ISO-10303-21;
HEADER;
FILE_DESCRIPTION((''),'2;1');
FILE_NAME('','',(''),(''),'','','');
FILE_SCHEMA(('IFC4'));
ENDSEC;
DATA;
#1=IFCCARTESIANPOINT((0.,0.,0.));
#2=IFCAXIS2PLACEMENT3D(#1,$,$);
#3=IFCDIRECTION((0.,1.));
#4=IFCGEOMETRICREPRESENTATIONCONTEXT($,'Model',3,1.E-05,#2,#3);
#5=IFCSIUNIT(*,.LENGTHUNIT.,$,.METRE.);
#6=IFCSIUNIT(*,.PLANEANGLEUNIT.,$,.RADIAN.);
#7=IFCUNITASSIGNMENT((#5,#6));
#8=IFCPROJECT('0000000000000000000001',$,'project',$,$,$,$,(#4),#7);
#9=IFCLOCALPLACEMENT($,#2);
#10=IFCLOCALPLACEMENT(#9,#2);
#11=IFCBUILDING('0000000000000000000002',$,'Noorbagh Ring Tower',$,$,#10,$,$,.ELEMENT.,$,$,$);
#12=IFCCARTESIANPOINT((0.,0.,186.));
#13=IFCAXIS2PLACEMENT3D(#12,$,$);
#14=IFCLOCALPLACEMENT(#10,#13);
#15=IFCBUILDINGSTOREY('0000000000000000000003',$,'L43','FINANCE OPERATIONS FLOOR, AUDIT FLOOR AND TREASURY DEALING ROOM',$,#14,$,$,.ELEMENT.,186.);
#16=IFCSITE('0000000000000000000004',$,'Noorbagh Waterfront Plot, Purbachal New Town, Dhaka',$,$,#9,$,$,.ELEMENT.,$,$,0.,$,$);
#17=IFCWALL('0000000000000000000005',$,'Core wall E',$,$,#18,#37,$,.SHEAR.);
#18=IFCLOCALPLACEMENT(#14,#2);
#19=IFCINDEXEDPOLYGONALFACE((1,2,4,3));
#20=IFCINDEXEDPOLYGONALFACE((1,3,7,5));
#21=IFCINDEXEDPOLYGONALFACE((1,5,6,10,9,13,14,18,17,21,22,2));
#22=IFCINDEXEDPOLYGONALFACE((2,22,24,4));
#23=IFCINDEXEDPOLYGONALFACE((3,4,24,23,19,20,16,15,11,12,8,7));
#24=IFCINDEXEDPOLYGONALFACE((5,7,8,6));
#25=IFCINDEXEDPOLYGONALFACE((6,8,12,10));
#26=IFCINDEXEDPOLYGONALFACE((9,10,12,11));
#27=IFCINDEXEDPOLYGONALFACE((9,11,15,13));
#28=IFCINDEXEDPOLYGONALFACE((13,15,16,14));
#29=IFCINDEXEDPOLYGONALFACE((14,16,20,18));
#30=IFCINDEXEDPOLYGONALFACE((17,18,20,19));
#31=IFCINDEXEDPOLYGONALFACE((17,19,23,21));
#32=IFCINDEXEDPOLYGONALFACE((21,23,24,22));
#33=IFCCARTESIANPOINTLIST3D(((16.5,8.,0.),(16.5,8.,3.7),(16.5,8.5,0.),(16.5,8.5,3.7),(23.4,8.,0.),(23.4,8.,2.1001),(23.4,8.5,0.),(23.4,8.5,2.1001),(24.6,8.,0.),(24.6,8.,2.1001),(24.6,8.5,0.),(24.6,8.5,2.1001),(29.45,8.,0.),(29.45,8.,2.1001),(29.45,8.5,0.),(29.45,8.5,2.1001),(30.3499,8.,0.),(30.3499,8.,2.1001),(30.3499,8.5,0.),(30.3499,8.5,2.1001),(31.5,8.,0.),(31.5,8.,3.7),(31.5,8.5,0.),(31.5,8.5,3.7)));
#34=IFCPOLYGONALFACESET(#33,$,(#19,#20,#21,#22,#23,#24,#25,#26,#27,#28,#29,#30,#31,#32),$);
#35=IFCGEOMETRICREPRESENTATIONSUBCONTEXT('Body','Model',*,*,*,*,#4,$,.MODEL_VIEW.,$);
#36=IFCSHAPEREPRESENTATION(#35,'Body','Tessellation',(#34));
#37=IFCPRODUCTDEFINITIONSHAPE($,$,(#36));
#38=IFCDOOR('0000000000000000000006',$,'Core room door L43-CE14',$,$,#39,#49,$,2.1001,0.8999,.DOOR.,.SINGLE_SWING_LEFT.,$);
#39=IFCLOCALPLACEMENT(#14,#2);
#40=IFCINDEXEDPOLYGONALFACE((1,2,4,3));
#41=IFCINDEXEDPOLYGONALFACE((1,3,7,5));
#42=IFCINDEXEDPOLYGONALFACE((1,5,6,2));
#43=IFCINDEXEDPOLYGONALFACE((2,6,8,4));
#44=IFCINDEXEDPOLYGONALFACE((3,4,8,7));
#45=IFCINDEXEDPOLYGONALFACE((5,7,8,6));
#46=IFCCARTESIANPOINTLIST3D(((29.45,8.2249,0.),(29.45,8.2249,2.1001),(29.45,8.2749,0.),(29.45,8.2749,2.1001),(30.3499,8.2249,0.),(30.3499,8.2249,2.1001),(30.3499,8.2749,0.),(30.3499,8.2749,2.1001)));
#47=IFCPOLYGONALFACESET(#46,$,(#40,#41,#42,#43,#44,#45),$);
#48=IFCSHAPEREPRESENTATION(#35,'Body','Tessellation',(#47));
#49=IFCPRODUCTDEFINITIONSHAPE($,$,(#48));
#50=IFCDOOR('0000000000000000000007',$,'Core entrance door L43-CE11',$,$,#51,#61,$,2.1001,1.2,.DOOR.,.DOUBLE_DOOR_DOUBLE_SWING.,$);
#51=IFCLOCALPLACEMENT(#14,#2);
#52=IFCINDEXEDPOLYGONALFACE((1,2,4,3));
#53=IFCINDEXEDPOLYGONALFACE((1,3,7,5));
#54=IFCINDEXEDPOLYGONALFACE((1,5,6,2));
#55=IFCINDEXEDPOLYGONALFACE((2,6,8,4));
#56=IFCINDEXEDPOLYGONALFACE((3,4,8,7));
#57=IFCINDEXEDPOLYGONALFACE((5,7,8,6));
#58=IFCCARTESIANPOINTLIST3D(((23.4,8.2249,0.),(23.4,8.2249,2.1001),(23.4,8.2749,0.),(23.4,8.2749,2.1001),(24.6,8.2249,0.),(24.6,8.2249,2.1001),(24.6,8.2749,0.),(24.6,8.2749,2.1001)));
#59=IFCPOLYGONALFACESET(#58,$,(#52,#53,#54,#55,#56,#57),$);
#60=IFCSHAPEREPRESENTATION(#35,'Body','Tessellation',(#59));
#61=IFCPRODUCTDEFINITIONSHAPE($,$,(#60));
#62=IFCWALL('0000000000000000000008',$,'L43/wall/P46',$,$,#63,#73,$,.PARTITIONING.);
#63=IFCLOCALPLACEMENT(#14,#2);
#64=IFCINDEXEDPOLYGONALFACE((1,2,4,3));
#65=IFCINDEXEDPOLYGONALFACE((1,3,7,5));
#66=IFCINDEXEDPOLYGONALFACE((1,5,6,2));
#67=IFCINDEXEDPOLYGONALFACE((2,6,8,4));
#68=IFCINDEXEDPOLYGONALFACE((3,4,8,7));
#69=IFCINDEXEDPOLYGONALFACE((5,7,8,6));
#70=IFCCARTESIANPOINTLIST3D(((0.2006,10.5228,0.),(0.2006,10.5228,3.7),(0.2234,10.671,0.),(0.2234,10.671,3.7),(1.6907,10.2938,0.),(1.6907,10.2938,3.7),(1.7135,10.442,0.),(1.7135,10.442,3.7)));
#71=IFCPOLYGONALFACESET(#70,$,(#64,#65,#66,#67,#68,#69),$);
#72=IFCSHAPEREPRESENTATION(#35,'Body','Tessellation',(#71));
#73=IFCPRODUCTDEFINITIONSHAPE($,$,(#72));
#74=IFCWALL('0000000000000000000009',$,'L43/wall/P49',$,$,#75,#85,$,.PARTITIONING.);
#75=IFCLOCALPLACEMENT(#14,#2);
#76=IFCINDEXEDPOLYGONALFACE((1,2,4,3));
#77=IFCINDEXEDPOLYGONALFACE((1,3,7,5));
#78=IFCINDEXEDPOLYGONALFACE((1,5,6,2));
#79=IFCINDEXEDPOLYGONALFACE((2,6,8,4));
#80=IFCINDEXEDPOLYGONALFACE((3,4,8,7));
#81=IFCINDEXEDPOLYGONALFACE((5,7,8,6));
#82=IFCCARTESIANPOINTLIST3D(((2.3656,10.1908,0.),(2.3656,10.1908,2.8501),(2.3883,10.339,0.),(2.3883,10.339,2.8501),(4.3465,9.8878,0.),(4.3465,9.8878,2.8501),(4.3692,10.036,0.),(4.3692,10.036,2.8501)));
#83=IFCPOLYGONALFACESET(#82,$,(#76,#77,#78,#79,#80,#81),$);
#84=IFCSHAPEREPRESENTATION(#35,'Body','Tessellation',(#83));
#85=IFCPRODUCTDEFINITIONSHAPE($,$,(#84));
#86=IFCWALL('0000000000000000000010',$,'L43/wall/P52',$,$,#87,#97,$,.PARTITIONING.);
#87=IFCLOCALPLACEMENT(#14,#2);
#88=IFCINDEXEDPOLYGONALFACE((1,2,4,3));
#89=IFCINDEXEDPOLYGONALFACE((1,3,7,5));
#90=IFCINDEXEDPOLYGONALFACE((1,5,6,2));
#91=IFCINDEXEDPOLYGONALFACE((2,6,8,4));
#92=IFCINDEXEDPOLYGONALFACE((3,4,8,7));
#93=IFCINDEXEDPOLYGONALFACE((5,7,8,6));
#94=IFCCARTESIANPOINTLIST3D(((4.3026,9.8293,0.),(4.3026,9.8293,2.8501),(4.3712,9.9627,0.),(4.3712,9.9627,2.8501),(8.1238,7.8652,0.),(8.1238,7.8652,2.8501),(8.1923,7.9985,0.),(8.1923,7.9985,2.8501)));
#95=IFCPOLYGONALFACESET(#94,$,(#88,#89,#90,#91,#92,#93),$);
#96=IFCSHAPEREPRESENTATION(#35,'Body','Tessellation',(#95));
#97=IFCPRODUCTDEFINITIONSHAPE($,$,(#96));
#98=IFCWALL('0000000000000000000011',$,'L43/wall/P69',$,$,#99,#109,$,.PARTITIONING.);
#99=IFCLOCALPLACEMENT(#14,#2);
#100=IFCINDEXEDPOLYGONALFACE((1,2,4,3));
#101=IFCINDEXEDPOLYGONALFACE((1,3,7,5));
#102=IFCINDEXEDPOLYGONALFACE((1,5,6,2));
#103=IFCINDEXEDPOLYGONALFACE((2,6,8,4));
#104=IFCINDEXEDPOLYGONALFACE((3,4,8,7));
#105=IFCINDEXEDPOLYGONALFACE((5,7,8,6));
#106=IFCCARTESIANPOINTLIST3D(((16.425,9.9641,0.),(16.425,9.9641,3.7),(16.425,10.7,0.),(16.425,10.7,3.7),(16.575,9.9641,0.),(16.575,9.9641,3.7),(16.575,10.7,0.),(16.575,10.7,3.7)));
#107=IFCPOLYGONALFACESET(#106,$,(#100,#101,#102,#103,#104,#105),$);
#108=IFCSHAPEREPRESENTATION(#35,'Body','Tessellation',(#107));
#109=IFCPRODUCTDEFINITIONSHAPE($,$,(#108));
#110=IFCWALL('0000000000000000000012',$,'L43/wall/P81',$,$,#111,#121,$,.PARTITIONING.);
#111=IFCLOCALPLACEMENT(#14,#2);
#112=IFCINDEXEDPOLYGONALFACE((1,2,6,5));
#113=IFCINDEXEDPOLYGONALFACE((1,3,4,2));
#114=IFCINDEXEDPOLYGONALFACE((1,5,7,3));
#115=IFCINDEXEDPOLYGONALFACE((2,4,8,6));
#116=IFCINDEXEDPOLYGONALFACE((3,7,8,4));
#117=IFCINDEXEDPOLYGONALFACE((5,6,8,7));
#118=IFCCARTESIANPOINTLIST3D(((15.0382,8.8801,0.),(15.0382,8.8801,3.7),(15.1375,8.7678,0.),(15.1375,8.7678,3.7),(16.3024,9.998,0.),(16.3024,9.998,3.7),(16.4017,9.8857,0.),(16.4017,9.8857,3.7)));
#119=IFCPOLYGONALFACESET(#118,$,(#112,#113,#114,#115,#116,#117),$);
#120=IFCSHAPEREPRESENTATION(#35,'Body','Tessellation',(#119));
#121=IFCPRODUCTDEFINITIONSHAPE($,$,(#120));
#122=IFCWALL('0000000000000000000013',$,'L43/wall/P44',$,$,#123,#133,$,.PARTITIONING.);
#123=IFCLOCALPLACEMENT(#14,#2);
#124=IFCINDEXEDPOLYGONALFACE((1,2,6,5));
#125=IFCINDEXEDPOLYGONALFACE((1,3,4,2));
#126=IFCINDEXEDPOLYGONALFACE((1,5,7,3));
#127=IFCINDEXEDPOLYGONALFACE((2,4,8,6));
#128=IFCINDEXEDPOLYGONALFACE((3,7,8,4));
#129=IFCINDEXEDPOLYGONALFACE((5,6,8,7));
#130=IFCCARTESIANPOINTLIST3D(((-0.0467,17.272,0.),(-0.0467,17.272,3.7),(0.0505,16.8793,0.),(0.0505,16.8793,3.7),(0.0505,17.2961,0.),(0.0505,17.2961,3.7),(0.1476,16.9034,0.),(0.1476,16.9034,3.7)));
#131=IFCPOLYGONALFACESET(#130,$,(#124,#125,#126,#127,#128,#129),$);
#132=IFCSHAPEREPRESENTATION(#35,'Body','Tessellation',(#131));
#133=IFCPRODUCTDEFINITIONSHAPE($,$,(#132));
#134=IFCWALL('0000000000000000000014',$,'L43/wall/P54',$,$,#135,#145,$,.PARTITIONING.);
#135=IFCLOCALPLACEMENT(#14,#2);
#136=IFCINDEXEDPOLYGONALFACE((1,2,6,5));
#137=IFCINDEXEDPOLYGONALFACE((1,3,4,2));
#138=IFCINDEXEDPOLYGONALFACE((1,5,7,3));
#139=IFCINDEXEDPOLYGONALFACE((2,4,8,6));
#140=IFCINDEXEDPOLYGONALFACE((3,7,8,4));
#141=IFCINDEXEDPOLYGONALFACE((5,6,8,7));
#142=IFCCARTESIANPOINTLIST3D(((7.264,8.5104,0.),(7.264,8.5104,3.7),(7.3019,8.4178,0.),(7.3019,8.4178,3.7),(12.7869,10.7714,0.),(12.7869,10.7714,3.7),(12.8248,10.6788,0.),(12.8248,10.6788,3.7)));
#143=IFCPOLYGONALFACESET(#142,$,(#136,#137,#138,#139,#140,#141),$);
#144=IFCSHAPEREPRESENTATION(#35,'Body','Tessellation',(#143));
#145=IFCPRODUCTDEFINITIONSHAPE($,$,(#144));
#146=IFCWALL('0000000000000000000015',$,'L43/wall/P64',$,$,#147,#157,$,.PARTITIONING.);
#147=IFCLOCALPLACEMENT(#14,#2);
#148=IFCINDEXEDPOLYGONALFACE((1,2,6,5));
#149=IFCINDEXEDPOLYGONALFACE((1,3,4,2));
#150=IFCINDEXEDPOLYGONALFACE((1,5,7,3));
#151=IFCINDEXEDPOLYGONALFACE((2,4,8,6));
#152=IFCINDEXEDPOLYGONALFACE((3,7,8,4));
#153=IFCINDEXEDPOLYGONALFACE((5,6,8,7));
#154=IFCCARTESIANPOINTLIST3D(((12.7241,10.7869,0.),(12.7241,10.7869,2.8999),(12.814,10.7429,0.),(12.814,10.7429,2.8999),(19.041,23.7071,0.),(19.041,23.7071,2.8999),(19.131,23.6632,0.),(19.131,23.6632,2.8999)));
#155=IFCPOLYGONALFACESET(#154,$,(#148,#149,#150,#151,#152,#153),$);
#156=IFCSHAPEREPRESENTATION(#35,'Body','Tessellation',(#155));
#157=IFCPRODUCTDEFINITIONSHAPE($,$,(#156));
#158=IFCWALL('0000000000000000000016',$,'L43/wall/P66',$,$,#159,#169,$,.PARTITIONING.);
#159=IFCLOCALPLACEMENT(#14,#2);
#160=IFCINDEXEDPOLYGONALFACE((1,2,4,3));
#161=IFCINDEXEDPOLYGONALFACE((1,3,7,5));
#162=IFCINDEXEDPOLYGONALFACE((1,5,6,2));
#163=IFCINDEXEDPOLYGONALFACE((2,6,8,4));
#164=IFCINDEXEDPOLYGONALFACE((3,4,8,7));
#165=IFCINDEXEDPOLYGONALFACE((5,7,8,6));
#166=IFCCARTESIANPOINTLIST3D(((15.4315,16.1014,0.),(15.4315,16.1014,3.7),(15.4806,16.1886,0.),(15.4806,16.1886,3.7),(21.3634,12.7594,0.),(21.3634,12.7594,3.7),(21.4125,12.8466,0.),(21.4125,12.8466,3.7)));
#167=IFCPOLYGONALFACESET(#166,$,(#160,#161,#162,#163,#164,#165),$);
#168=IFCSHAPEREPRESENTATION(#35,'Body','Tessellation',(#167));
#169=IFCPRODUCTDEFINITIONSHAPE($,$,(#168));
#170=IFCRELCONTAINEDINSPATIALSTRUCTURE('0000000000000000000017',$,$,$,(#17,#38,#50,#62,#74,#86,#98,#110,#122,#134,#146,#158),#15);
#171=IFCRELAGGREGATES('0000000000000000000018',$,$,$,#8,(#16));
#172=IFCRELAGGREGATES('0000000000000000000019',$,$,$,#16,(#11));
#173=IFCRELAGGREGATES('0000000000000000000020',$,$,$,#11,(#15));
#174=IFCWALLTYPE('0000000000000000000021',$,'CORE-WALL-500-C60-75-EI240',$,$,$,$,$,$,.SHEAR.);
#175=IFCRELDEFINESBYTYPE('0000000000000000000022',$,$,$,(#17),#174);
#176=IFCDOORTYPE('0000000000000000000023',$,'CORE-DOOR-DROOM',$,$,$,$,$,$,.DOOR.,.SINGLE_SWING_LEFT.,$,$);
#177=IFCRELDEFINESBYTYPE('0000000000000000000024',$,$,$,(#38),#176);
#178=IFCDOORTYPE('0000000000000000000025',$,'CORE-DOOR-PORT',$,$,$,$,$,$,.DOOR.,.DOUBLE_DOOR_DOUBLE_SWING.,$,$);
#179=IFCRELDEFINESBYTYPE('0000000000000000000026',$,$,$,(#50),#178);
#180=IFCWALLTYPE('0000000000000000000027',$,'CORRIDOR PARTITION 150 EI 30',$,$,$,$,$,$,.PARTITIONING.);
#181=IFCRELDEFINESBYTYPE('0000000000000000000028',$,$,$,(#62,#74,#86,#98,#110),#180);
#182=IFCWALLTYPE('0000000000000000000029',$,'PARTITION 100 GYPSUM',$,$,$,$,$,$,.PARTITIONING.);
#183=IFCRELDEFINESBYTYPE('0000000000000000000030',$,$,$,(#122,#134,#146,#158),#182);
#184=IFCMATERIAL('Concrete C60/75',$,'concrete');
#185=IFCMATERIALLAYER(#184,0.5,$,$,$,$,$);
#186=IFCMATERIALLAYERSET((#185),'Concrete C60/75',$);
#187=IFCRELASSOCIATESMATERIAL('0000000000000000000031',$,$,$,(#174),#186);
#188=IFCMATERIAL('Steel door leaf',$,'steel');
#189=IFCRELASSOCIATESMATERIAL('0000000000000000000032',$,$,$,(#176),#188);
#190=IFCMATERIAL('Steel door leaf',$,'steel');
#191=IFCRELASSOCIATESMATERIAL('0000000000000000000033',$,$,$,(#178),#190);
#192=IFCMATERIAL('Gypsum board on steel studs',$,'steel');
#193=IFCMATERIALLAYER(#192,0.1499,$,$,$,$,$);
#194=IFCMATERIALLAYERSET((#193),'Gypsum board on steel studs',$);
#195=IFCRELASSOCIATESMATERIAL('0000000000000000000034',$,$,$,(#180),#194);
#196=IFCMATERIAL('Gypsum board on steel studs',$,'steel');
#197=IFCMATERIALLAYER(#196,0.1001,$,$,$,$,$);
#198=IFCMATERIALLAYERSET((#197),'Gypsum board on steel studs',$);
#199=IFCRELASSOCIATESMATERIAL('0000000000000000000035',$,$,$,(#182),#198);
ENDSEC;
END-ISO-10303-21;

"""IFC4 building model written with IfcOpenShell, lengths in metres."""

from ifc_helpers import new_model, si_unit, direction, frame, frame_2d, origin, place, context, subcontext, project, spatial, rectangle, extrude, material, layer, layer_set, type_object, element, fill, save


model = new_model("IFC4")

# Units and contexts
model_context = context("Model", 3, precision=1e-05, world=origin(), true_north=direction((0.0, 1.0)))
body_context = subcontext(model_context, "Body", "Model", "MODEL_VIEW")
ifc_project = project(units=[si_unit("LENGTHUNIT", "METRE"), si_unit("PLANEANGLEUNIT", "RADIAN")], contexts=[model_context])

# Site, building, storey
site_placement = place(None, origin())
site = spatial("IfcSite", under=ifc_project, at=site_placement, Name="Noorbagh Waterfront Plot, Purbachal New Town, Dhaka", CompositionType="ELEMENT", RefElevation=0.0)
building_placement = place(site_placement, origin())
building = spatial("IfcBuilding", under=site, at=building_placement, Name="Noorbagh Ring Tower", CompositionType="ELEMENT")
storey_placement = place(building_placement, frame((0.0, 0.0, 186.0)))
storey = spatial("IfcBuildingStorey", under=building, at=storey_placement, Name="L43", Description="FINANCE OPERATIONS FLOOR, AUDIT FLOOR AND TREASURY DEALING ROOM", CompositionType="ELEMENT", Elevation=186.0)

# Wall, openings, doors
ifc_material_1 = material(Name="Concrete C60/75", Category="concrete")
ifc_layer_1 = layer(ifc_material_1, 0.5)
ifc_layer_set_1 = layer_set([ifc_layer_1], Name="Concrete C60/75")
wall_type_1 = type_object("IfcWallType", Name="CORE-WALL-500-C60-75-EI240", PredefinedType="SHEAR", material=ifc_layer_set_1)
wall_1_placement = place(storey_placement, frame((16.5, 8.25, 0.0), z_axis=(0.0, 0.0, 1.0), x_axis=(1.0, 0.0, 0.0)))
wall_1 = element("IfcWall", 1, at=wall_1_placement, inside=storey, type_object=wall_type_1, Name="Core wall E", PredefinedType="SHEAR", context=body_context, shape_type="SweptSolid", body=[
    extrude(rectangle(XDim=15.0, YDim=0.5, at=frame_2d((7.5, 0.0))), origin(), (0.0, 0.0, 1.0), 3.7),
])
opening_1_placement = place(wall_1_placement, frame((6.8999, 0.0, 0.0)))
opening_1 = element("IfcOpeningElement", 2, at=opening_1_placement, cuts=wall_1, PredefinedType="OPENING", context=body_context, shape_type="SweptSolid", body=[
    extrude(rectangle(XDim=1.2, YDim=2.1001, at=frame_2d((0.6001, 1.05))), frame((0.0, 0.26, 0.0), z_axis=(0.0, -1.0, 0.0), x_axis=(1.0, 0.0, 0.0)), (0.0, 0.0, 1.0), 0.52),
])
opening_2_placement = place(wall_1_placement, frame((12.95, 0.0, 0.0)))
opening_2 = element("IfcOpeningElement", 3, at=opening_2_placement, cuts=wall_1, PredefinedType="OPENING", context=body_context, shape_type="SweptSolid", body=[
    extrude(rectangle(XDim=0.8999, YDim=2.1001, at=frame_2d((0.45, 1.05))), frame((0.0, 0.26, 0.0), z_axis=(0.0, -1.0, 0.0), x_axis=(1.0, 0.0, 0.0)), (0.0, 0.0, 1.0), 0.52),
])
ifc_material_2 = material(Name="Steel door leaf", Category="steel")
door_type_1 = type_object("IfcDoorType", Name="CORE-DOOR-DROOM", OperationType="SINGLE_SWING_LEFT", PredefinedType="DOOR", material=ifc_material_2)
door_1_placement = place(opening_2_placement, origin())
door_1 = element("IfcDoor", 4, at=door_1_placement, inside=storey, type_object=door_type_1, Name="Core room door L43-CE14", OperationType="SINGLE_SWING_LEFT", OverallHeight=2.1001, OverallWidth=0.8999, PredefinedType="DOOR", context=body_context, shape_type="SweptSolid", body=[
    extrude(rectangle(XDim=0.8999, YDim=2.1001, at=frame_2d((0.45, 1.05))), frame((0.0, 0.0249, 0.0), z_axis=(0.0, -1.0, 0.0), x_axis=(1.0, 0.0, 0.0)), (0.0, 0.0, 1.0), 0.05),
])
fill(opening_2, door_1)
ifc_material_3 = material(Name="Steel door leaf", Category="steel")
door_type_2 = type_object("IfcDoorType", Name="CORE-DOOR-PORT", OperationType="DOUBLE_DOOR_DOUBLE_SWING", PredefinedType="DOOR", material=ifc_material_3)
door_2_placement = place(opening_1_placement, origin())
door_2 = element("IfcDoor", 5, at=door_2_placement, inside=storey, type_object=door_type_2, Name="Core entrance door L43-CE11", OperationType="DOUBLE_DOOR_DOUBLE_SWING", OverallHeight=2.1001, OverallWidth=1.2, PredefinedType="DOOR", context=body_context, shape_type="SweptSolid", body=[
    extrude(rectangle(XDim=1.2, YDim=2.1001, at=frame_2d((0.6001, 1.05))), frame((0.0, 0.0249, 0.0), z_axis=(0.0, -1.0, 0.0), x_axis=(1.0, 0.0, 0.0)), (0.0, 0.0, 1.0), 0.05),
])
fill(opening_1, door_2)

# Walls
ifc_material_4 = material(Name="Gypsum board on steel studs", Category="steel")
ifc_layer_2 = layer(ifc_material_4, 0.1499)
ifc_layer_set_2 = layer_set([ifc_layer_2], Name="Gypsum board on steel studs")
wall_type_2 = type_object("IfcWallType", Name="CORRIDOR PARTITION 150 EI 30", PredefinedType="PARTITIONING", material=ifc_layer_set_2)
wall_2_placement = place(storey_placement, frame((0.2119, 10.5969, 0.0), z_axis=(0.0, 0.0, 1.0), x_axis=(0.988394, -0.151911, 0.0)))
element("IfcWall", 6, at=wall_2_placement, inside=storey, type_object=wall_type_2, Name="L43/wall/P46", PredefinedType="PARTITIONING", context=body_context, shape_type="SweptSolid", body=[
    extrude(rectangle(XDim=1.5076, YDim=0.1499, at=frame_2d((0.7539, 0.0))), origin(), (0.0, 0.0, 1.0), 3.7),
])
wall_3_placement = place(storey_placement, frame((2.377, 10.2649, 0.0), z_axis=(0.0, 0.0, 1.0), x_axis=(0.988505, -0.151187, 0.0)))
element("IfcWall", 7, at=wall_3_placement, inside=storey, type_object=wall_type_2, Name="L43/wall/P49", PredefinedType="PARTITIONING", context=body_context, shape_type="SweptSolid", body=[
    extrude(rectangle(XDim=2.0039, YDim=0.1499, at=frame_2d((1.002, 0.0))), origin(), (0.0, 0.0, 1.0), 2.8501),
])
wall_4_placement = place(storey_placement, frame((4.3369, 9.896, 0.0), z_axis=(0.0, 0.0, 1.0), x_axis=(0.889382, -0.457164, 0.0)))
element("IfcWall", 8, at=wall_4_placement, inside=storey, type_object=wall_type_2, Name="L43/wall/P52", PredefinedType="PARTITIONING", context=body_context, shape_type="SweptSolid", body=[
    extrude(rectangle(XDim=4.2964, YDim=0.1499, at=frame_2d((2.1482, 0.0))), origin(), (0.0, 0.0, 1.0), 2.8501),
])
wall_5_placement = place(storey_placement, frame((16.5, 9.9641, 0.0), z_axis=(0.0, 0.0, 1.0), x_axis=(0.0, 1.0, 0.0)))
element("IfcWall", 9, at=wall_5_placement, inside=storey, type_object=wall_type_2, Name="L43/wall/P69", PredefinedType="PARTITIONING", context=body_context, shape_type="SweptSolid", body=[
    extrude(rectangle(XDim=0.7358, YDim=0.1499, at=frame_2d((0.3679, 0.0))), origin(), (0.0, 0.0, 1.0), 3.7),
])
wall_6_placement = place(storey_placement, frame((15.0879, 8.824, 0.0), z_axis=(0.0, 0.0, 1.0), x_axis=(0.749107, 0.662449, 0.0)))
element("IfcWall", 10, at=wall_6_placement, inside=storey, type_object=wall_type_2, Name="L43/wall/P81", PredefinedType="PARTITIONING", context=body_context, shape_type="SweptSolid", body=[
    extrude(rectangle(XDim=1.6875, YDim=0.1499, at=frame_2d((0.8438, 0.0))), origin(), (0.0, 0.0, 1.0), 3.7),
])
ifc_material_5 = material(Name="Gypsum board on steel studs", Category="steel")
ifc_layer_3 = layer(ifc_material_5, 0.1001)
ifc_layer_set_3 = layer_set([ifc_layer_3], Name="Gypsum board on steel studs")
wall_type_3 = type_object("IfcWallType", Name="PARTITION 100 GYPSUM", PredefinedType="PARTITIONING", material=ifc_layer_set_3)
wall_7_placement = place(storey_placement, frame((0.002, 17.2839, 0.0), z_axis=(0.0, 0.0, 1.0), x_axis=(0.240122, -0.970743, 0.0)))
element("IfcWall", 11, at=wall_7_placement, inside=storey, type_object=wall_type_3, Name="L43/wall/P44", PredefinedType="PARTITIONING", context=body_context, shape_type="SweptSolid", body=[
    extrude(rectangle(XDim=0.4045, YDim=0.1001, at=frame_2d((0.2021, 0.0))), origin(), (0.0, 0.0, 1.0), 3.7),
])
wall_8_placement = place(storey_placement, frame((7.283, 8.4641, 0.0), z_axis=(0.0, 0.0, 1.0), x_axis=(0.925453, 0.378862, 0.0)))
element("IfcWall", 12, at=wall_8_placement, inside=storey, type_object=wall_type_3, Name="L43/wall/P54", PredefinedType="PARTITIONING", context=body_context, shape_type="SweptSolid", body=[
    extrude(rectangle(XDim=5.9678, YDim=0.1001, at=frame_2d((2.9839, 0.0))), origin(), (0.0, 0.0, 1.0), 3.7),
])
wall_9_placement = place(storey_placement, frame((12.769, 10.7649, 0.0), z_axis=(0.0, 0.0, 1.0), x_axis=(0.439231, 0.898374, 0.0)))
element("IfcWall", 13, at=wall_9_placement, inside=storey, type_object=wall_type_3, Name="L43/wall/P64", PredefinedType="PARTITIONING", context=body_context, shape_type="SweptSolid", body=[
    extrude(rectangle(XDim=14.3818, YDim=0.1001, at=frame_2d((7.1909, 0.0))), origin(), (0.0, 0.0, 1.0), 2.8999),
])
wall_10_placement = place(storey_placement, frame((15.4561, 16.145, 0.0), z_axis=(0.0, 0.0, 1.0), x_axis=(0.871239, -0.490859, 0.0)))
element("IfcWall", 14, at=wall_10_placement, inside=storey, type_object=wall_type_3, Name="L43/wall/P66", PredefinedType="PARTITIONING", context=body_context, shape_type="SweptSolid", body=[
    extrude(rectangle(XDim=6.8086, YDim=0.1001, at=frame_2d((3.4043, 0.0))), origin(), (0.0, 0.0, 1.0), 3.7),
])

save(model, "model.ifc")
